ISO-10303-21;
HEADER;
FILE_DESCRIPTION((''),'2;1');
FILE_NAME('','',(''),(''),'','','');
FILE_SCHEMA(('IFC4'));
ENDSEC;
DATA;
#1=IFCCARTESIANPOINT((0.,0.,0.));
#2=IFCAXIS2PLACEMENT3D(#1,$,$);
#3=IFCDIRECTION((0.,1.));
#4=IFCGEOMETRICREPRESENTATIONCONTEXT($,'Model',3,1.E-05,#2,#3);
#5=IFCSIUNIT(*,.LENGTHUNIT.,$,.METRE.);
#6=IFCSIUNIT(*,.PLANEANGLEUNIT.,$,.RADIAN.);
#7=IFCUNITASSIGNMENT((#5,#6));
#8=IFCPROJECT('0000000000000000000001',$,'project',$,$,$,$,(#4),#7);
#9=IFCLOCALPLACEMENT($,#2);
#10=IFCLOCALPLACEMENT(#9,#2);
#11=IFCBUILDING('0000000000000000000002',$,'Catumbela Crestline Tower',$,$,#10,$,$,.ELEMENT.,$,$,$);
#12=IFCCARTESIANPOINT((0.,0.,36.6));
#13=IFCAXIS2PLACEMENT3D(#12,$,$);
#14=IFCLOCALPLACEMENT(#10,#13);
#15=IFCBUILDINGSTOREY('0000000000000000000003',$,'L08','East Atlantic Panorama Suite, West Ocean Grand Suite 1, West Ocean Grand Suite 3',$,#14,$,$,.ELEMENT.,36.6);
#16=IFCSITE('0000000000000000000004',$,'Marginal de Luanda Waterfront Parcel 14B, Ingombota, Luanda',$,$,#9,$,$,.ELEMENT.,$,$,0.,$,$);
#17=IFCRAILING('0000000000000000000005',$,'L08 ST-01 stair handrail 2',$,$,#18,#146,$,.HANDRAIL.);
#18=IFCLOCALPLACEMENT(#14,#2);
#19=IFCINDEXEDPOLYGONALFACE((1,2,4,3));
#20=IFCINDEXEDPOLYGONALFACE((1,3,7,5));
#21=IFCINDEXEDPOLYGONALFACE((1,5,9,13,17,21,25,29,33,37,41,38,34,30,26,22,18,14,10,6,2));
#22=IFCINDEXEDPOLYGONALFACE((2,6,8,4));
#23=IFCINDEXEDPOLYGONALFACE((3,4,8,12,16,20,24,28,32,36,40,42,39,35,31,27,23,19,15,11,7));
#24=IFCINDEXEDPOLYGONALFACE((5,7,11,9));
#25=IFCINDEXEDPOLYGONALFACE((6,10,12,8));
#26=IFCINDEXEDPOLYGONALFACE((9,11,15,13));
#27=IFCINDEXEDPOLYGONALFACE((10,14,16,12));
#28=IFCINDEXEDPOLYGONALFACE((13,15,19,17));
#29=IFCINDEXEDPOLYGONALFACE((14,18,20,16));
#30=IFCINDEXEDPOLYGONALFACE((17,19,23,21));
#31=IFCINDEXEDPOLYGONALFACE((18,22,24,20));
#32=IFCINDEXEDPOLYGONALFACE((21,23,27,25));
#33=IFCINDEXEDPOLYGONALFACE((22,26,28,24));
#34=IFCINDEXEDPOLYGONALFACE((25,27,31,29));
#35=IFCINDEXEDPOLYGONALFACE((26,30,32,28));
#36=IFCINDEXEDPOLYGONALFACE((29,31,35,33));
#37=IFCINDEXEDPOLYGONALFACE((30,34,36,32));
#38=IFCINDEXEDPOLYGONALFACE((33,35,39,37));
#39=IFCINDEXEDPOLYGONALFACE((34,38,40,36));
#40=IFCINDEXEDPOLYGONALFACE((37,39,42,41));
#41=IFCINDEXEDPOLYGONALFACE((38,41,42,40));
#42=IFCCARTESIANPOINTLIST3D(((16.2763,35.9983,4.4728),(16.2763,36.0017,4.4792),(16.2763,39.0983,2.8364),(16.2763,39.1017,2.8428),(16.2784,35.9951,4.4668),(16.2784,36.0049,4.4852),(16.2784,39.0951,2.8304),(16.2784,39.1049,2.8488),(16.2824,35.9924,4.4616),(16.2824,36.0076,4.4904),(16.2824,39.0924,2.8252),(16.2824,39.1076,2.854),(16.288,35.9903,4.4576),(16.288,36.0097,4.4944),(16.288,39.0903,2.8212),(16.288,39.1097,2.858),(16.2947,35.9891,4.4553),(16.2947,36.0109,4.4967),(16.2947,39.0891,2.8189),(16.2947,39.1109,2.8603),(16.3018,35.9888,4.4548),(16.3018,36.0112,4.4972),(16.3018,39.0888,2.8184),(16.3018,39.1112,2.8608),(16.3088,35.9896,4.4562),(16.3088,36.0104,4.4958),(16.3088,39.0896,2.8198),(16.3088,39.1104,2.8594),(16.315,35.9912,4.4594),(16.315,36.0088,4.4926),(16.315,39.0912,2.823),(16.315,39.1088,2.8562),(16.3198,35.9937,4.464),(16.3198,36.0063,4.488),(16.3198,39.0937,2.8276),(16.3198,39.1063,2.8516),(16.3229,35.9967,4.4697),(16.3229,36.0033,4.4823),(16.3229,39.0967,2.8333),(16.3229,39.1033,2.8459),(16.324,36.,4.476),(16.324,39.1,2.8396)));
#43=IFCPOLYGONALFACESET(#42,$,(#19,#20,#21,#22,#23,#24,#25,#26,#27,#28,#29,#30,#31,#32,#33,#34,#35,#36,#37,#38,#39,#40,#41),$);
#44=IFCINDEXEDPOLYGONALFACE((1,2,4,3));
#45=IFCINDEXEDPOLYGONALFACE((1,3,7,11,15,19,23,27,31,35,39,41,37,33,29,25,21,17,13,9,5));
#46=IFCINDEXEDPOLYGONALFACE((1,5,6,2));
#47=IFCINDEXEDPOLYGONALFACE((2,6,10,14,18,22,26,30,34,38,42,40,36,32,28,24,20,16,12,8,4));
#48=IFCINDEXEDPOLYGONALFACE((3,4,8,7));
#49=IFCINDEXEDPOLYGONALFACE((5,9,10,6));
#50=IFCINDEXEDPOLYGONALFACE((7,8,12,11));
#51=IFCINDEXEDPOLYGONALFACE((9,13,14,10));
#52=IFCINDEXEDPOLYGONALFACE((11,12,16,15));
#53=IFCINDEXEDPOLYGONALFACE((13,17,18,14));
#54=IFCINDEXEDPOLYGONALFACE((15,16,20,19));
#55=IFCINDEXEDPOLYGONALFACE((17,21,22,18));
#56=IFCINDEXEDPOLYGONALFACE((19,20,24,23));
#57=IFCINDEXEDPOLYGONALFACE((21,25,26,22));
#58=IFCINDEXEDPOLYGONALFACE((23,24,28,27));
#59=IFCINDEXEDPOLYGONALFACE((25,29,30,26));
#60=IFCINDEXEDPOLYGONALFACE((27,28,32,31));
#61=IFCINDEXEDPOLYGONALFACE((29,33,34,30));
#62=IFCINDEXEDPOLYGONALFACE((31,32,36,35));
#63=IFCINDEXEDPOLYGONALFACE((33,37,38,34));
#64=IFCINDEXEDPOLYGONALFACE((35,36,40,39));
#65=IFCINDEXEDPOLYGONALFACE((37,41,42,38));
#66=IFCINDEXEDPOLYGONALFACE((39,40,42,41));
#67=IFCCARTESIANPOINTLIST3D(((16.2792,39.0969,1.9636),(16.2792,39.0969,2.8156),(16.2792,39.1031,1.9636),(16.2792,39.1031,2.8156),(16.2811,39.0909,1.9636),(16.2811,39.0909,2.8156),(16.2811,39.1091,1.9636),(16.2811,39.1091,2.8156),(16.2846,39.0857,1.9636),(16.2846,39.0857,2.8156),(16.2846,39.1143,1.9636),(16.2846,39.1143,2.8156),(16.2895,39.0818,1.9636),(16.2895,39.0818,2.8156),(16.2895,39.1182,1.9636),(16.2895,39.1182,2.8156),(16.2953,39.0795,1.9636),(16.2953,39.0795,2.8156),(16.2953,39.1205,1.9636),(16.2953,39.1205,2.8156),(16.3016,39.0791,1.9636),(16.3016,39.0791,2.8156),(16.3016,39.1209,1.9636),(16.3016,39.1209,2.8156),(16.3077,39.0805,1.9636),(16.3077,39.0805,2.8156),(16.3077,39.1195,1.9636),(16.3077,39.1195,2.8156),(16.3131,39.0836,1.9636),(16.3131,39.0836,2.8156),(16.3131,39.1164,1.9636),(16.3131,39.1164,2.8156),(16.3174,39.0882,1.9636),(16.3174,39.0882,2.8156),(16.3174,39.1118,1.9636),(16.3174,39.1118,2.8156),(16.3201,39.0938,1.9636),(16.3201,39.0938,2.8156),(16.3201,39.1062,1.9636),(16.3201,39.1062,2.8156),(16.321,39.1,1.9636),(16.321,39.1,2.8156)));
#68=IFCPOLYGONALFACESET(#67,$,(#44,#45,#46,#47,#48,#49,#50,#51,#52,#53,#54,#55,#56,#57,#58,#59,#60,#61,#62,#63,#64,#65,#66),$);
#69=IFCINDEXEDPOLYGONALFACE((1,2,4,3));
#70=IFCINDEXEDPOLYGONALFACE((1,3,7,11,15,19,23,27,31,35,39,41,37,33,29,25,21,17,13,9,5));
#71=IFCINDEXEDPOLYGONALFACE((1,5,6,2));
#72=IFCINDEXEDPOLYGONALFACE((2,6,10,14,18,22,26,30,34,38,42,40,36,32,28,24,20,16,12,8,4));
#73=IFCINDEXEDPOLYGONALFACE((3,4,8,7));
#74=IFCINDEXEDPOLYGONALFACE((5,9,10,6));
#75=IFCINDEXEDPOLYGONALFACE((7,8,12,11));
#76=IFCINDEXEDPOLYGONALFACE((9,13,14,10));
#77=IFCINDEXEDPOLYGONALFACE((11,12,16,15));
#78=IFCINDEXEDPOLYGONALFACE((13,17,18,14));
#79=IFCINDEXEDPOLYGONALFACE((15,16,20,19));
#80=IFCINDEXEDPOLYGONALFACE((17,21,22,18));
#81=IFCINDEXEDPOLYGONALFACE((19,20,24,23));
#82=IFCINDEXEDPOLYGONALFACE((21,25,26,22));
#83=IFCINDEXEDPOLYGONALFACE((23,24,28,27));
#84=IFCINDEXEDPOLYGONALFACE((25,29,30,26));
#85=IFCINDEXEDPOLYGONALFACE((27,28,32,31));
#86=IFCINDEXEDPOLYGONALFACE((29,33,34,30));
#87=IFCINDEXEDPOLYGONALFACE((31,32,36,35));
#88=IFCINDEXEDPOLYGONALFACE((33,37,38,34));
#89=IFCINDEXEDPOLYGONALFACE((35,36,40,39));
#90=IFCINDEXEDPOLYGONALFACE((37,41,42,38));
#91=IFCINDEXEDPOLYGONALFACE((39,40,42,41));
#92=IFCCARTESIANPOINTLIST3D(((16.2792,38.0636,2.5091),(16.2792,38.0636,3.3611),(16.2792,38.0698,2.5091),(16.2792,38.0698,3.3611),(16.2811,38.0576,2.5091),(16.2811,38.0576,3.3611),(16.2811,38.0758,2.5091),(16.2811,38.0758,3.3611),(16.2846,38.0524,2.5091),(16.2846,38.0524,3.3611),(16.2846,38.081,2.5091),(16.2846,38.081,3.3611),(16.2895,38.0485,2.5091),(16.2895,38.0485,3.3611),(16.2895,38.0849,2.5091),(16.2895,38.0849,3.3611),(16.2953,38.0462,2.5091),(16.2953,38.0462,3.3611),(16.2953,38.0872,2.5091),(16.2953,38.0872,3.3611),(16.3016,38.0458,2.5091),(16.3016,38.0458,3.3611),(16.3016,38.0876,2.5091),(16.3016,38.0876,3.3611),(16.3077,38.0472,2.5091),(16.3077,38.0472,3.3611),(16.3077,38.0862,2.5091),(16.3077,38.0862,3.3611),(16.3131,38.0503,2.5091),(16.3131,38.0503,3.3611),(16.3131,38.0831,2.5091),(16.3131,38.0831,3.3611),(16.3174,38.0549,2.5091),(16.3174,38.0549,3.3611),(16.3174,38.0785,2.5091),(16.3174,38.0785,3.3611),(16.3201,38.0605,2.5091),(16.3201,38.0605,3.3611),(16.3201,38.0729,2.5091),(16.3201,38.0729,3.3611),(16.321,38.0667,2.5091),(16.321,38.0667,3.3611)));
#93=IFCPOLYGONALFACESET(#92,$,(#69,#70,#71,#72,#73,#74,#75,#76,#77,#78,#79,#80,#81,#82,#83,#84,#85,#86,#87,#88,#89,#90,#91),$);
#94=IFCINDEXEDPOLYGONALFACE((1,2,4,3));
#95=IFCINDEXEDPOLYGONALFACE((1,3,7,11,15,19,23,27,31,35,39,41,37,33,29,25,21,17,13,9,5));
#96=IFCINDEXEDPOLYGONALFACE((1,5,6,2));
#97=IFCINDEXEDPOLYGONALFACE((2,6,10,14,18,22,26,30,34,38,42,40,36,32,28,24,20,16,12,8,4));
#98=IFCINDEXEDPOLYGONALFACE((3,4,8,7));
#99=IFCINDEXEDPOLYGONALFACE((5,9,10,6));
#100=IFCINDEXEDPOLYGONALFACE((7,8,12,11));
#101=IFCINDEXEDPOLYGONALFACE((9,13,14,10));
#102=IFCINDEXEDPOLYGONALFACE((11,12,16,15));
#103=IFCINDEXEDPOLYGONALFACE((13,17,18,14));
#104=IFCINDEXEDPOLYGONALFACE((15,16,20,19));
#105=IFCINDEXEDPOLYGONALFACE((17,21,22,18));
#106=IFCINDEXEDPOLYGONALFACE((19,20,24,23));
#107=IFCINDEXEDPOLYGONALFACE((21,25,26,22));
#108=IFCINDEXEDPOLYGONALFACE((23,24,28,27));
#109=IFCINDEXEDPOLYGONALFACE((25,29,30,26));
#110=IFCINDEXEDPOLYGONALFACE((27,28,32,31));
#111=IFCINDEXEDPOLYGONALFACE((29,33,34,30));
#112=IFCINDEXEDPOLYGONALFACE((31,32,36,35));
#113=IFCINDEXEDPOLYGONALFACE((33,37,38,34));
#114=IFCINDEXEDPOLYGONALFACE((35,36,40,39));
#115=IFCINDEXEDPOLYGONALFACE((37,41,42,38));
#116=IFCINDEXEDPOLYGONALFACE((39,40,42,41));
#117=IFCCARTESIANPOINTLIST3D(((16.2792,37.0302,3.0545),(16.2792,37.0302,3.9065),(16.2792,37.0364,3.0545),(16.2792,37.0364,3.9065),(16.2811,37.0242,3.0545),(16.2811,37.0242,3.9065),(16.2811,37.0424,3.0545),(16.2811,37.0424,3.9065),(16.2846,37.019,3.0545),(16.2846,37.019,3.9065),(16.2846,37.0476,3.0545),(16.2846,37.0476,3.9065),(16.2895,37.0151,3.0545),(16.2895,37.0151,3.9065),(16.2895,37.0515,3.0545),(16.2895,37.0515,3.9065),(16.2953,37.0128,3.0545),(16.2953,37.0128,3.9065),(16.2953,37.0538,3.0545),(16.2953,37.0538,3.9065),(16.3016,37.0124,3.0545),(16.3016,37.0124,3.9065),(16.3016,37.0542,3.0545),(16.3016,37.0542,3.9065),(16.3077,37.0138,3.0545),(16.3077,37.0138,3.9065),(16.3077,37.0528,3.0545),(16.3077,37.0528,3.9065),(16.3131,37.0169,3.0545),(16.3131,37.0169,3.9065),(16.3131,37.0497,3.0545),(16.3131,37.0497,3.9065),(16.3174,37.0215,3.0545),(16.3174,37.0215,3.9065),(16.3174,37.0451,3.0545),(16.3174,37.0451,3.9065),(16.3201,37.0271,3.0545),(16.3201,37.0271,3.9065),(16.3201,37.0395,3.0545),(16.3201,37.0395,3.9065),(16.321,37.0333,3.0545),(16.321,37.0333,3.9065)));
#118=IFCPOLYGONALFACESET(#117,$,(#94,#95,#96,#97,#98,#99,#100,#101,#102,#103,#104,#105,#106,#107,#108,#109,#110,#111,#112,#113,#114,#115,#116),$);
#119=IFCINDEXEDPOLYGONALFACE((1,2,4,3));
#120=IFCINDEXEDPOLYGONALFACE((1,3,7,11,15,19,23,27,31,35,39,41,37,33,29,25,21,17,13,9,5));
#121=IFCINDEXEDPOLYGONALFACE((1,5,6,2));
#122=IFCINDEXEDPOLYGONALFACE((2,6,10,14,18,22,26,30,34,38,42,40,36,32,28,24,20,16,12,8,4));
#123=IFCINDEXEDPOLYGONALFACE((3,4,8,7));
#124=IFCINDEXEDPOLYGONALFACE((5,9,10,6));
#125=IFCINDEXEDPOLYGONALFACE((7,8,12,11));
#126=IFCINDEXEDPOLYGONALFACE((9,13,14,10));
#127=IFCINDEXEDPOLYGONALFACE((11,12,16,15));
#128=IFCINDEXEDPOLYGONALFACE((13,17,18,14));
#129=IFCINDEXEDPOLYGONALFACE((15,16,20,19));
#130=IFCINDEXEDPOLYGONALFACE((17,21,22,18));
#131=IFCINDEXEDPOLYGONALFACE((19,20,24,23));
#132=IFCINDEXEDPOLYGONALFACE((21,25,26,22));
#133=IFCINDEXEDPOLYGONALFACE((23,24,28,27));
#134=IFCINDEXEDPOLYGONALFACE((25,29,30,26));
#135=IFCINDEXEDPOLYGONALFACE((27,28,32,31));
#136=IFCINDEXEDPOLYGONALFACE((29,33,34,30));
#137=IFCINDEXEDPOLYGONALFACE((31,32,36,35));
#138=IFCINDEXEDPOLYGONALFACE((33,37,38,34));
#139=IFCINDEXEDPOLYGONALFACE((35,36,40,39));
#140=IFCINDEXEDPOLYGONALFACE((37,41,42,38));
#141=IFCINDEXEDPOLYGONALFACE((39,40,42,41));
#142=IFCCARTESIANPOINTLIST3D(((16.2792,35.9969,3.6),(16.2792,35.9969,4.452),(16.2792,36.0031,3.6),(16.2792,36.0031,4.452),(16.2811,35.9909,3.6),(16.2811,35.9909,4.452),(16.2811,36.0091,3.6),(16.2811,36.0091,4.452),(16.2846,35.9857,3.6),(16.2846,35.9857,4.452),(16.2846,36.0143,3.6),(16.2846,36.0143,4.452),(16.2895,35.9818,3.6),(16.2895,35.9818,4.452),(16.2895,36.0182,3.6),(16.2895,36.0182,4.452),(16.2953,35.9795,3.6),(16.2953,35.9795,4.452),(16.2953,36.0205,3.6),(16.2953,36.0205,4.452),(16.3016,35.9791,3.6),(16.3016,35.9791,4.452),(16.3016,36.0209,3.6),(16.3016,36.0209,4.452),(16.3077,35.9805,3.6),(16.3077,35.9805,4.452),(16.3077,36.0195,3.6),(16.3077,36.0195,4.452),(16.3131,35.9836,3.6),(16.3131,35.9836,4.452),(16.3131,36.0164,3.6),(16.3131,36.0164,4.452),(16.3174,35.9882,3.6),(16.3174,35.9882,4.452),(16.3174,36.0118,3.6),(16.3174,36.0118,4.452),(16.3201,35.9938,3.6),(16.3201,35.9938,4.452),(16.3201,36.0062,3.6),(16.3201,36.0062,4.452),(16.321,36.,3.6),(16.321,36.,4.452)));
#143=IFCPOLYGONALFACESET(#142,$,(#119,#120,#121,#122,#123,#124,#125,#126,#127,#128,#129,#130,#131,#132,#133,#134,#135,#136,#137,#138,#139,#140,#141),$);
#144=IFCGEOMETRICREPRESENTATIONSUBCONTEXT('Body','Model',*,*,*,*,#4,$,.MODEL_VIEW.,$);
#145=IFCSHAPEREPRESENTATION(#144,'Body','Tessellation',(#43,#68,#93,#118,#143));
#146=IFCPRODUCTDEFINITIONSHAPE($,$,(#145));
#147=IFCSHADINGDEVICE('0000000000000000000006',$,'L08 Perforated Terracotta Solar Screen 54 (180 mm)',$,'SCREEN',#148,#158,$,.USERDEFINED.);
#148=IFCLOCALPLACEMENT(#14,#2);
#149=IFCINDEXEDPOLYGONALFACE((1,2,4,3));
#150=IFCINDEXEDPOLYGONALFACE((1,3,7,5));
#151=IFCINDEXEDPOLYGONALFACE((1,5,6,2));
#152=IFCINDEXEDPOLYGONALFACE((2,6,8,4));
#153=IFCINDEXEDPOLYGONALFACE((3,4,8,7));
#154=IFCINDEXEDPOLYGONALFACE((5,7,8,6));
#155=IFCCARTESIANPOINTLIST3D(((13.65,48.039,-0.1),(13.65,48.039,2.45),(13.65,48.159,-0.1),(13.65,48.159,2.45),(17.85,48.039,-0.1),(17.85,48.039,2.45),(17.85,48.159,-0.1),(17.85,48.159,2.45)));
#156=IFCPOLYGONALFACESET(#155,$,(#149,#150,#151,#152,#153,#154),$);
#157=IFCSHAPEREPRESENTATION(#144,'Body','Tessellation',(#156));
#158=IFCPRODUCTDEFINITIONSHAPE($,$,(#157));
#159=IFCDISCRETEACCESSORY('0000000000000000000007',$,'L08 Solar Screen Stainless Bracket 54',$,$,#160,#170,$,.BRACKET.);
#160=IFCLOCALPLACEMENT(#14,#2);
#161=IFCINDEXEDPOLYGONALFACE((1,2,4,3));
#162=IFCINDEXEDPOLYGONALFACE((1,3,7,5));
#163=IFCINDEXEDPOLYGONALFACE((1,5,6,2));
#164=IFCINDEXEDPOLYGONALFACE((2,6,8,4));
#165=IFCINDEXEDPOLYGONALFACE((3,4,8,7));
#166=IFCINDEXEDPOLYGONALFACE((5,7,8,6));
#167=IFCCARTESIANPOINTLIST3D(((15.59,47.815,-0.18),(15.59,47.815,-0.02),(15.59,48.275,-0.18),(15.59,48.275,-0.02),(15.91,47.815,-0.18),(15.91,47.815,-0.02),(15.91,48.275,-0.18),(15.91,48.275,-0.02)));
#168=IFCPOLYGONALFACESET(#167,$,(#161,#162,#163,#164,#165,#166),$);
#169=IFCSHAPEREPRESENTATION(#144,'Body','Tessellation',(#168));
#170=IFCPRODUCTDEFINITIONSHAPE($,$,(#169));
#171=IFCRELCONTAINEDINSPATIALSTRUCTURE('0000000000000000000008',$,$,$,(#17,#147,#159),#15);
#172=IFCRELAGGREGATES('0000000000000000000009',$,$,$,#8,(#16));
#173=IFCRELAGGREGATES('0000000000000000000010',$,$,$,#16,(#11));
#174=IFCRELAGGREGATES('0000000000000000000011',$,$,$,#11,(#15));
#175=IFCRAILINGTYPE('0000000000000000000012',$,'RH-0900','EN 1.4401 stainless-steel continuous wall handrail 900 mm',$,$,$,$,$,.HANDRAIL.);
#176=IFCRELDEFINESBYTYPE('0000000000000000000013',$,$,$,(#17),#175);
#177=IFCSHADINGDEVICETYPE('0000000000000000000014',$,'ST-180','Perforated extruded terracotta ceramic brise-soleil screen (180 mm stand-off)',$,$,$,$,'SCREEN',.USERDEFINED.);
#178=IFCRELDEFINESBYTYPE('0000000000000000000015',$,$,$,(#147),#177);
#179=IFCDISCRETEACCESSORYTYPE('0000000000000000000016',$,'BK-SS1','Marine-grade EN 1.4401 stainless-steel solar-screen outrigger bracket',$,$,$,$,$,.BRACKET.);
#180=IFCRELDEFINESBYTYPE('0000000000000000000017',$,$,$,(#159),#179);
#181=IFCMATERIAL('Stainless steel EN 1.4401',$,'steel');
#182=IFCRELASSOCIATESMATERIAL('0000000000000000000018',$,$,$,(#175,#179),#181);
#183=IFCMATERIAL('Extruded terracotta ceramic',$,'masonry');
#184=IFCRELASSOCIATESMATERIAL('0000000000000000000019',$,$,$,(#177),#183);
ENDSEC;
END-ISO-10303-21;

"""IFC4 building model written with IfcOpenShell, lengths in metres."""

from ifc_helpers import new_model, si_unit, direction, frame, origin, origin_2d, place, context, subcontext, project, spatial, rectangle, circle, extrude, material, type_object, element, save


model = new_model("IFC4")

# Units and contexts
model_context = context("Model", 3, precision=1e-05, world=origin(), true_north=direction((0.0, 1.0)))
body_context = subcontext(model_context, "Body", "Model", "MODEL_VIEW")
ifc_project = project(units=[si_unit("LENGTHUNIT", "METRE"), si_unit("PLANEANGLEUNIT", "RADIAN")], contexts=[model_context])

# Site, building, storey
site_placement = place(None, origin())
site = spatial("IfcSite", under=ifc_project, at=site_placement, Name="Marginal de Luanda Waterfront Parcel 14B, Ingombota, Luanda", CompositionType="ELEMENT", RefElevation=0.0)
building_placement = place(site_placement, origin())
building = spatial("IfcBuilding", under=site, at=building_placement, Name="Catumbela Crestline Tower", CompositionType="ELEMENT")
storey_placement = place(building_placement, frame((0.0, 0.0, 36.6)))
storey = spatial("IfcBuildingStorey", under=building, at=storey_placement, Name="L08", Description="East Atlantic Panorama Suite, West Ocean Grand Suite 1, West Ocean Grand Suite 3", CompositionType="ELEMENT", Elevation=36.6)

# Shared definitions
ifc_material_1 = material(Name="Stainless steel EN 1.4401", Category="steel")

# Railing
railing_type_1 = type_object("IfcRailingType", Name="RH-0900", Description="EN 1.4401 stainless-steel continuous wall handrail 900 mm", PredefinedType="HANDRAIL", material=ifc_material_1)
railing_1_placement = place(storey_placement, frame((16.3, 39.1, 1.9636)))
element("IfcRailing", 1, at=railing_1_placement, inside=storey, type_object=railing_type_1, Name="L08 ST-01 stair handrail 2", PredefinedType="HANDRAIL", context=body_context, shape_type="SweptSolid", body=[
    extrude(circle(Radius=0.024, at=origin_2d()), frame((0.0, 0.0, 0.876), z_axis=(0.0, -0.884351, 0.466823), x_axis=(1.0, 0.0, 0.0)), (0.0, 0.0, 1.0), 3.5054),
    extrude(circle(Radius=0.021, at=origin_2d()), origin(), (0.0, 0.0, 1.0), 0.852),
    extrude(circle(Radius=0.021, at=origin_2d()), frame((0.0, -1.0333, 0.5455)), (0.0, 0.0, 1.0), 0.852),
    extrude(circle(Radius=0.021, at=origin_2d()), frame((0.0, -2.0667, 1.0909)), (0.0, 0.0, 1.0), 0.852),
    extrude(circle(Radius=0.021, at=origin_2d()), frame((0.0, -3.1, 1.6364)), (0.0, 0.0, 1.0), 0.852),
])

# Shading device
ifc_material_2 = material(Name="Extruded terracotta ceramic", Category="masonry")
shading_device_type = type_object("IfcShadingDeviceType", Name="ST-180", Description="Perforated extruded terracotta ceramic brise-soleil screen (180 mm stand-off)", ElementType="SCREEN", PredefinedType="USERDEFINED", material=ifc_material_2)
shading_device_placement = place(storey_placement, frame((15.75, 48.099, -0.1), z_axis=(0.0, 0.0, 1.0), x_axis=(-1.0, 0.0, 0.0)))
element("IfcShadingDevice", 2, at=shading_device_placement, inside=storey, type_object=shading_device_type, Name="L08 Perforated Terracotta Solar Screen 54 (180 mm)", ObjectType="SCREEN", PredefinedType="USERDEFINED", context=body_context, shape_type="SweptSolid", body=[
    extrude(rectangle(XDim=4.2, YDim=0.12, at=origin_2d()), origin(), (0.0, 0.0, 1.0), 2.55),
])

# Discrete accessory
discrete_accessory_type = type_object("IfcDiscreteAccessoryType", Name="BK-SS1", Description="Marine-grade EN 1.4401 stainless-steel solar-screen outrigger bracket", PredefinedType="BRACKET", material=ifc_material_1)
discrete_accessory_placement = place(storey_placement, frame((15.75, 48.045, -0.18), z_axis=(0.0, 0.0, 1.0), x_axis=(-1.0, 0.0, 0.0)))
element("IfcDiscreteAccessory", 3, at=discrete_accessory_placement, inside=storey, type_object=discrete_accessory_type, Name="L08 Solar Screen Stainless Bracket 54", PredefinedType="BRACKET", context=body_context, shape_type="SweptSolid", body=[
    extrude(rectangle(XDim=0.32, YDim=0.46, at=origin_2d()), origin(), (0.0, 0.0, 1.0), 0.16),
])

save(model, "model.ifc")
